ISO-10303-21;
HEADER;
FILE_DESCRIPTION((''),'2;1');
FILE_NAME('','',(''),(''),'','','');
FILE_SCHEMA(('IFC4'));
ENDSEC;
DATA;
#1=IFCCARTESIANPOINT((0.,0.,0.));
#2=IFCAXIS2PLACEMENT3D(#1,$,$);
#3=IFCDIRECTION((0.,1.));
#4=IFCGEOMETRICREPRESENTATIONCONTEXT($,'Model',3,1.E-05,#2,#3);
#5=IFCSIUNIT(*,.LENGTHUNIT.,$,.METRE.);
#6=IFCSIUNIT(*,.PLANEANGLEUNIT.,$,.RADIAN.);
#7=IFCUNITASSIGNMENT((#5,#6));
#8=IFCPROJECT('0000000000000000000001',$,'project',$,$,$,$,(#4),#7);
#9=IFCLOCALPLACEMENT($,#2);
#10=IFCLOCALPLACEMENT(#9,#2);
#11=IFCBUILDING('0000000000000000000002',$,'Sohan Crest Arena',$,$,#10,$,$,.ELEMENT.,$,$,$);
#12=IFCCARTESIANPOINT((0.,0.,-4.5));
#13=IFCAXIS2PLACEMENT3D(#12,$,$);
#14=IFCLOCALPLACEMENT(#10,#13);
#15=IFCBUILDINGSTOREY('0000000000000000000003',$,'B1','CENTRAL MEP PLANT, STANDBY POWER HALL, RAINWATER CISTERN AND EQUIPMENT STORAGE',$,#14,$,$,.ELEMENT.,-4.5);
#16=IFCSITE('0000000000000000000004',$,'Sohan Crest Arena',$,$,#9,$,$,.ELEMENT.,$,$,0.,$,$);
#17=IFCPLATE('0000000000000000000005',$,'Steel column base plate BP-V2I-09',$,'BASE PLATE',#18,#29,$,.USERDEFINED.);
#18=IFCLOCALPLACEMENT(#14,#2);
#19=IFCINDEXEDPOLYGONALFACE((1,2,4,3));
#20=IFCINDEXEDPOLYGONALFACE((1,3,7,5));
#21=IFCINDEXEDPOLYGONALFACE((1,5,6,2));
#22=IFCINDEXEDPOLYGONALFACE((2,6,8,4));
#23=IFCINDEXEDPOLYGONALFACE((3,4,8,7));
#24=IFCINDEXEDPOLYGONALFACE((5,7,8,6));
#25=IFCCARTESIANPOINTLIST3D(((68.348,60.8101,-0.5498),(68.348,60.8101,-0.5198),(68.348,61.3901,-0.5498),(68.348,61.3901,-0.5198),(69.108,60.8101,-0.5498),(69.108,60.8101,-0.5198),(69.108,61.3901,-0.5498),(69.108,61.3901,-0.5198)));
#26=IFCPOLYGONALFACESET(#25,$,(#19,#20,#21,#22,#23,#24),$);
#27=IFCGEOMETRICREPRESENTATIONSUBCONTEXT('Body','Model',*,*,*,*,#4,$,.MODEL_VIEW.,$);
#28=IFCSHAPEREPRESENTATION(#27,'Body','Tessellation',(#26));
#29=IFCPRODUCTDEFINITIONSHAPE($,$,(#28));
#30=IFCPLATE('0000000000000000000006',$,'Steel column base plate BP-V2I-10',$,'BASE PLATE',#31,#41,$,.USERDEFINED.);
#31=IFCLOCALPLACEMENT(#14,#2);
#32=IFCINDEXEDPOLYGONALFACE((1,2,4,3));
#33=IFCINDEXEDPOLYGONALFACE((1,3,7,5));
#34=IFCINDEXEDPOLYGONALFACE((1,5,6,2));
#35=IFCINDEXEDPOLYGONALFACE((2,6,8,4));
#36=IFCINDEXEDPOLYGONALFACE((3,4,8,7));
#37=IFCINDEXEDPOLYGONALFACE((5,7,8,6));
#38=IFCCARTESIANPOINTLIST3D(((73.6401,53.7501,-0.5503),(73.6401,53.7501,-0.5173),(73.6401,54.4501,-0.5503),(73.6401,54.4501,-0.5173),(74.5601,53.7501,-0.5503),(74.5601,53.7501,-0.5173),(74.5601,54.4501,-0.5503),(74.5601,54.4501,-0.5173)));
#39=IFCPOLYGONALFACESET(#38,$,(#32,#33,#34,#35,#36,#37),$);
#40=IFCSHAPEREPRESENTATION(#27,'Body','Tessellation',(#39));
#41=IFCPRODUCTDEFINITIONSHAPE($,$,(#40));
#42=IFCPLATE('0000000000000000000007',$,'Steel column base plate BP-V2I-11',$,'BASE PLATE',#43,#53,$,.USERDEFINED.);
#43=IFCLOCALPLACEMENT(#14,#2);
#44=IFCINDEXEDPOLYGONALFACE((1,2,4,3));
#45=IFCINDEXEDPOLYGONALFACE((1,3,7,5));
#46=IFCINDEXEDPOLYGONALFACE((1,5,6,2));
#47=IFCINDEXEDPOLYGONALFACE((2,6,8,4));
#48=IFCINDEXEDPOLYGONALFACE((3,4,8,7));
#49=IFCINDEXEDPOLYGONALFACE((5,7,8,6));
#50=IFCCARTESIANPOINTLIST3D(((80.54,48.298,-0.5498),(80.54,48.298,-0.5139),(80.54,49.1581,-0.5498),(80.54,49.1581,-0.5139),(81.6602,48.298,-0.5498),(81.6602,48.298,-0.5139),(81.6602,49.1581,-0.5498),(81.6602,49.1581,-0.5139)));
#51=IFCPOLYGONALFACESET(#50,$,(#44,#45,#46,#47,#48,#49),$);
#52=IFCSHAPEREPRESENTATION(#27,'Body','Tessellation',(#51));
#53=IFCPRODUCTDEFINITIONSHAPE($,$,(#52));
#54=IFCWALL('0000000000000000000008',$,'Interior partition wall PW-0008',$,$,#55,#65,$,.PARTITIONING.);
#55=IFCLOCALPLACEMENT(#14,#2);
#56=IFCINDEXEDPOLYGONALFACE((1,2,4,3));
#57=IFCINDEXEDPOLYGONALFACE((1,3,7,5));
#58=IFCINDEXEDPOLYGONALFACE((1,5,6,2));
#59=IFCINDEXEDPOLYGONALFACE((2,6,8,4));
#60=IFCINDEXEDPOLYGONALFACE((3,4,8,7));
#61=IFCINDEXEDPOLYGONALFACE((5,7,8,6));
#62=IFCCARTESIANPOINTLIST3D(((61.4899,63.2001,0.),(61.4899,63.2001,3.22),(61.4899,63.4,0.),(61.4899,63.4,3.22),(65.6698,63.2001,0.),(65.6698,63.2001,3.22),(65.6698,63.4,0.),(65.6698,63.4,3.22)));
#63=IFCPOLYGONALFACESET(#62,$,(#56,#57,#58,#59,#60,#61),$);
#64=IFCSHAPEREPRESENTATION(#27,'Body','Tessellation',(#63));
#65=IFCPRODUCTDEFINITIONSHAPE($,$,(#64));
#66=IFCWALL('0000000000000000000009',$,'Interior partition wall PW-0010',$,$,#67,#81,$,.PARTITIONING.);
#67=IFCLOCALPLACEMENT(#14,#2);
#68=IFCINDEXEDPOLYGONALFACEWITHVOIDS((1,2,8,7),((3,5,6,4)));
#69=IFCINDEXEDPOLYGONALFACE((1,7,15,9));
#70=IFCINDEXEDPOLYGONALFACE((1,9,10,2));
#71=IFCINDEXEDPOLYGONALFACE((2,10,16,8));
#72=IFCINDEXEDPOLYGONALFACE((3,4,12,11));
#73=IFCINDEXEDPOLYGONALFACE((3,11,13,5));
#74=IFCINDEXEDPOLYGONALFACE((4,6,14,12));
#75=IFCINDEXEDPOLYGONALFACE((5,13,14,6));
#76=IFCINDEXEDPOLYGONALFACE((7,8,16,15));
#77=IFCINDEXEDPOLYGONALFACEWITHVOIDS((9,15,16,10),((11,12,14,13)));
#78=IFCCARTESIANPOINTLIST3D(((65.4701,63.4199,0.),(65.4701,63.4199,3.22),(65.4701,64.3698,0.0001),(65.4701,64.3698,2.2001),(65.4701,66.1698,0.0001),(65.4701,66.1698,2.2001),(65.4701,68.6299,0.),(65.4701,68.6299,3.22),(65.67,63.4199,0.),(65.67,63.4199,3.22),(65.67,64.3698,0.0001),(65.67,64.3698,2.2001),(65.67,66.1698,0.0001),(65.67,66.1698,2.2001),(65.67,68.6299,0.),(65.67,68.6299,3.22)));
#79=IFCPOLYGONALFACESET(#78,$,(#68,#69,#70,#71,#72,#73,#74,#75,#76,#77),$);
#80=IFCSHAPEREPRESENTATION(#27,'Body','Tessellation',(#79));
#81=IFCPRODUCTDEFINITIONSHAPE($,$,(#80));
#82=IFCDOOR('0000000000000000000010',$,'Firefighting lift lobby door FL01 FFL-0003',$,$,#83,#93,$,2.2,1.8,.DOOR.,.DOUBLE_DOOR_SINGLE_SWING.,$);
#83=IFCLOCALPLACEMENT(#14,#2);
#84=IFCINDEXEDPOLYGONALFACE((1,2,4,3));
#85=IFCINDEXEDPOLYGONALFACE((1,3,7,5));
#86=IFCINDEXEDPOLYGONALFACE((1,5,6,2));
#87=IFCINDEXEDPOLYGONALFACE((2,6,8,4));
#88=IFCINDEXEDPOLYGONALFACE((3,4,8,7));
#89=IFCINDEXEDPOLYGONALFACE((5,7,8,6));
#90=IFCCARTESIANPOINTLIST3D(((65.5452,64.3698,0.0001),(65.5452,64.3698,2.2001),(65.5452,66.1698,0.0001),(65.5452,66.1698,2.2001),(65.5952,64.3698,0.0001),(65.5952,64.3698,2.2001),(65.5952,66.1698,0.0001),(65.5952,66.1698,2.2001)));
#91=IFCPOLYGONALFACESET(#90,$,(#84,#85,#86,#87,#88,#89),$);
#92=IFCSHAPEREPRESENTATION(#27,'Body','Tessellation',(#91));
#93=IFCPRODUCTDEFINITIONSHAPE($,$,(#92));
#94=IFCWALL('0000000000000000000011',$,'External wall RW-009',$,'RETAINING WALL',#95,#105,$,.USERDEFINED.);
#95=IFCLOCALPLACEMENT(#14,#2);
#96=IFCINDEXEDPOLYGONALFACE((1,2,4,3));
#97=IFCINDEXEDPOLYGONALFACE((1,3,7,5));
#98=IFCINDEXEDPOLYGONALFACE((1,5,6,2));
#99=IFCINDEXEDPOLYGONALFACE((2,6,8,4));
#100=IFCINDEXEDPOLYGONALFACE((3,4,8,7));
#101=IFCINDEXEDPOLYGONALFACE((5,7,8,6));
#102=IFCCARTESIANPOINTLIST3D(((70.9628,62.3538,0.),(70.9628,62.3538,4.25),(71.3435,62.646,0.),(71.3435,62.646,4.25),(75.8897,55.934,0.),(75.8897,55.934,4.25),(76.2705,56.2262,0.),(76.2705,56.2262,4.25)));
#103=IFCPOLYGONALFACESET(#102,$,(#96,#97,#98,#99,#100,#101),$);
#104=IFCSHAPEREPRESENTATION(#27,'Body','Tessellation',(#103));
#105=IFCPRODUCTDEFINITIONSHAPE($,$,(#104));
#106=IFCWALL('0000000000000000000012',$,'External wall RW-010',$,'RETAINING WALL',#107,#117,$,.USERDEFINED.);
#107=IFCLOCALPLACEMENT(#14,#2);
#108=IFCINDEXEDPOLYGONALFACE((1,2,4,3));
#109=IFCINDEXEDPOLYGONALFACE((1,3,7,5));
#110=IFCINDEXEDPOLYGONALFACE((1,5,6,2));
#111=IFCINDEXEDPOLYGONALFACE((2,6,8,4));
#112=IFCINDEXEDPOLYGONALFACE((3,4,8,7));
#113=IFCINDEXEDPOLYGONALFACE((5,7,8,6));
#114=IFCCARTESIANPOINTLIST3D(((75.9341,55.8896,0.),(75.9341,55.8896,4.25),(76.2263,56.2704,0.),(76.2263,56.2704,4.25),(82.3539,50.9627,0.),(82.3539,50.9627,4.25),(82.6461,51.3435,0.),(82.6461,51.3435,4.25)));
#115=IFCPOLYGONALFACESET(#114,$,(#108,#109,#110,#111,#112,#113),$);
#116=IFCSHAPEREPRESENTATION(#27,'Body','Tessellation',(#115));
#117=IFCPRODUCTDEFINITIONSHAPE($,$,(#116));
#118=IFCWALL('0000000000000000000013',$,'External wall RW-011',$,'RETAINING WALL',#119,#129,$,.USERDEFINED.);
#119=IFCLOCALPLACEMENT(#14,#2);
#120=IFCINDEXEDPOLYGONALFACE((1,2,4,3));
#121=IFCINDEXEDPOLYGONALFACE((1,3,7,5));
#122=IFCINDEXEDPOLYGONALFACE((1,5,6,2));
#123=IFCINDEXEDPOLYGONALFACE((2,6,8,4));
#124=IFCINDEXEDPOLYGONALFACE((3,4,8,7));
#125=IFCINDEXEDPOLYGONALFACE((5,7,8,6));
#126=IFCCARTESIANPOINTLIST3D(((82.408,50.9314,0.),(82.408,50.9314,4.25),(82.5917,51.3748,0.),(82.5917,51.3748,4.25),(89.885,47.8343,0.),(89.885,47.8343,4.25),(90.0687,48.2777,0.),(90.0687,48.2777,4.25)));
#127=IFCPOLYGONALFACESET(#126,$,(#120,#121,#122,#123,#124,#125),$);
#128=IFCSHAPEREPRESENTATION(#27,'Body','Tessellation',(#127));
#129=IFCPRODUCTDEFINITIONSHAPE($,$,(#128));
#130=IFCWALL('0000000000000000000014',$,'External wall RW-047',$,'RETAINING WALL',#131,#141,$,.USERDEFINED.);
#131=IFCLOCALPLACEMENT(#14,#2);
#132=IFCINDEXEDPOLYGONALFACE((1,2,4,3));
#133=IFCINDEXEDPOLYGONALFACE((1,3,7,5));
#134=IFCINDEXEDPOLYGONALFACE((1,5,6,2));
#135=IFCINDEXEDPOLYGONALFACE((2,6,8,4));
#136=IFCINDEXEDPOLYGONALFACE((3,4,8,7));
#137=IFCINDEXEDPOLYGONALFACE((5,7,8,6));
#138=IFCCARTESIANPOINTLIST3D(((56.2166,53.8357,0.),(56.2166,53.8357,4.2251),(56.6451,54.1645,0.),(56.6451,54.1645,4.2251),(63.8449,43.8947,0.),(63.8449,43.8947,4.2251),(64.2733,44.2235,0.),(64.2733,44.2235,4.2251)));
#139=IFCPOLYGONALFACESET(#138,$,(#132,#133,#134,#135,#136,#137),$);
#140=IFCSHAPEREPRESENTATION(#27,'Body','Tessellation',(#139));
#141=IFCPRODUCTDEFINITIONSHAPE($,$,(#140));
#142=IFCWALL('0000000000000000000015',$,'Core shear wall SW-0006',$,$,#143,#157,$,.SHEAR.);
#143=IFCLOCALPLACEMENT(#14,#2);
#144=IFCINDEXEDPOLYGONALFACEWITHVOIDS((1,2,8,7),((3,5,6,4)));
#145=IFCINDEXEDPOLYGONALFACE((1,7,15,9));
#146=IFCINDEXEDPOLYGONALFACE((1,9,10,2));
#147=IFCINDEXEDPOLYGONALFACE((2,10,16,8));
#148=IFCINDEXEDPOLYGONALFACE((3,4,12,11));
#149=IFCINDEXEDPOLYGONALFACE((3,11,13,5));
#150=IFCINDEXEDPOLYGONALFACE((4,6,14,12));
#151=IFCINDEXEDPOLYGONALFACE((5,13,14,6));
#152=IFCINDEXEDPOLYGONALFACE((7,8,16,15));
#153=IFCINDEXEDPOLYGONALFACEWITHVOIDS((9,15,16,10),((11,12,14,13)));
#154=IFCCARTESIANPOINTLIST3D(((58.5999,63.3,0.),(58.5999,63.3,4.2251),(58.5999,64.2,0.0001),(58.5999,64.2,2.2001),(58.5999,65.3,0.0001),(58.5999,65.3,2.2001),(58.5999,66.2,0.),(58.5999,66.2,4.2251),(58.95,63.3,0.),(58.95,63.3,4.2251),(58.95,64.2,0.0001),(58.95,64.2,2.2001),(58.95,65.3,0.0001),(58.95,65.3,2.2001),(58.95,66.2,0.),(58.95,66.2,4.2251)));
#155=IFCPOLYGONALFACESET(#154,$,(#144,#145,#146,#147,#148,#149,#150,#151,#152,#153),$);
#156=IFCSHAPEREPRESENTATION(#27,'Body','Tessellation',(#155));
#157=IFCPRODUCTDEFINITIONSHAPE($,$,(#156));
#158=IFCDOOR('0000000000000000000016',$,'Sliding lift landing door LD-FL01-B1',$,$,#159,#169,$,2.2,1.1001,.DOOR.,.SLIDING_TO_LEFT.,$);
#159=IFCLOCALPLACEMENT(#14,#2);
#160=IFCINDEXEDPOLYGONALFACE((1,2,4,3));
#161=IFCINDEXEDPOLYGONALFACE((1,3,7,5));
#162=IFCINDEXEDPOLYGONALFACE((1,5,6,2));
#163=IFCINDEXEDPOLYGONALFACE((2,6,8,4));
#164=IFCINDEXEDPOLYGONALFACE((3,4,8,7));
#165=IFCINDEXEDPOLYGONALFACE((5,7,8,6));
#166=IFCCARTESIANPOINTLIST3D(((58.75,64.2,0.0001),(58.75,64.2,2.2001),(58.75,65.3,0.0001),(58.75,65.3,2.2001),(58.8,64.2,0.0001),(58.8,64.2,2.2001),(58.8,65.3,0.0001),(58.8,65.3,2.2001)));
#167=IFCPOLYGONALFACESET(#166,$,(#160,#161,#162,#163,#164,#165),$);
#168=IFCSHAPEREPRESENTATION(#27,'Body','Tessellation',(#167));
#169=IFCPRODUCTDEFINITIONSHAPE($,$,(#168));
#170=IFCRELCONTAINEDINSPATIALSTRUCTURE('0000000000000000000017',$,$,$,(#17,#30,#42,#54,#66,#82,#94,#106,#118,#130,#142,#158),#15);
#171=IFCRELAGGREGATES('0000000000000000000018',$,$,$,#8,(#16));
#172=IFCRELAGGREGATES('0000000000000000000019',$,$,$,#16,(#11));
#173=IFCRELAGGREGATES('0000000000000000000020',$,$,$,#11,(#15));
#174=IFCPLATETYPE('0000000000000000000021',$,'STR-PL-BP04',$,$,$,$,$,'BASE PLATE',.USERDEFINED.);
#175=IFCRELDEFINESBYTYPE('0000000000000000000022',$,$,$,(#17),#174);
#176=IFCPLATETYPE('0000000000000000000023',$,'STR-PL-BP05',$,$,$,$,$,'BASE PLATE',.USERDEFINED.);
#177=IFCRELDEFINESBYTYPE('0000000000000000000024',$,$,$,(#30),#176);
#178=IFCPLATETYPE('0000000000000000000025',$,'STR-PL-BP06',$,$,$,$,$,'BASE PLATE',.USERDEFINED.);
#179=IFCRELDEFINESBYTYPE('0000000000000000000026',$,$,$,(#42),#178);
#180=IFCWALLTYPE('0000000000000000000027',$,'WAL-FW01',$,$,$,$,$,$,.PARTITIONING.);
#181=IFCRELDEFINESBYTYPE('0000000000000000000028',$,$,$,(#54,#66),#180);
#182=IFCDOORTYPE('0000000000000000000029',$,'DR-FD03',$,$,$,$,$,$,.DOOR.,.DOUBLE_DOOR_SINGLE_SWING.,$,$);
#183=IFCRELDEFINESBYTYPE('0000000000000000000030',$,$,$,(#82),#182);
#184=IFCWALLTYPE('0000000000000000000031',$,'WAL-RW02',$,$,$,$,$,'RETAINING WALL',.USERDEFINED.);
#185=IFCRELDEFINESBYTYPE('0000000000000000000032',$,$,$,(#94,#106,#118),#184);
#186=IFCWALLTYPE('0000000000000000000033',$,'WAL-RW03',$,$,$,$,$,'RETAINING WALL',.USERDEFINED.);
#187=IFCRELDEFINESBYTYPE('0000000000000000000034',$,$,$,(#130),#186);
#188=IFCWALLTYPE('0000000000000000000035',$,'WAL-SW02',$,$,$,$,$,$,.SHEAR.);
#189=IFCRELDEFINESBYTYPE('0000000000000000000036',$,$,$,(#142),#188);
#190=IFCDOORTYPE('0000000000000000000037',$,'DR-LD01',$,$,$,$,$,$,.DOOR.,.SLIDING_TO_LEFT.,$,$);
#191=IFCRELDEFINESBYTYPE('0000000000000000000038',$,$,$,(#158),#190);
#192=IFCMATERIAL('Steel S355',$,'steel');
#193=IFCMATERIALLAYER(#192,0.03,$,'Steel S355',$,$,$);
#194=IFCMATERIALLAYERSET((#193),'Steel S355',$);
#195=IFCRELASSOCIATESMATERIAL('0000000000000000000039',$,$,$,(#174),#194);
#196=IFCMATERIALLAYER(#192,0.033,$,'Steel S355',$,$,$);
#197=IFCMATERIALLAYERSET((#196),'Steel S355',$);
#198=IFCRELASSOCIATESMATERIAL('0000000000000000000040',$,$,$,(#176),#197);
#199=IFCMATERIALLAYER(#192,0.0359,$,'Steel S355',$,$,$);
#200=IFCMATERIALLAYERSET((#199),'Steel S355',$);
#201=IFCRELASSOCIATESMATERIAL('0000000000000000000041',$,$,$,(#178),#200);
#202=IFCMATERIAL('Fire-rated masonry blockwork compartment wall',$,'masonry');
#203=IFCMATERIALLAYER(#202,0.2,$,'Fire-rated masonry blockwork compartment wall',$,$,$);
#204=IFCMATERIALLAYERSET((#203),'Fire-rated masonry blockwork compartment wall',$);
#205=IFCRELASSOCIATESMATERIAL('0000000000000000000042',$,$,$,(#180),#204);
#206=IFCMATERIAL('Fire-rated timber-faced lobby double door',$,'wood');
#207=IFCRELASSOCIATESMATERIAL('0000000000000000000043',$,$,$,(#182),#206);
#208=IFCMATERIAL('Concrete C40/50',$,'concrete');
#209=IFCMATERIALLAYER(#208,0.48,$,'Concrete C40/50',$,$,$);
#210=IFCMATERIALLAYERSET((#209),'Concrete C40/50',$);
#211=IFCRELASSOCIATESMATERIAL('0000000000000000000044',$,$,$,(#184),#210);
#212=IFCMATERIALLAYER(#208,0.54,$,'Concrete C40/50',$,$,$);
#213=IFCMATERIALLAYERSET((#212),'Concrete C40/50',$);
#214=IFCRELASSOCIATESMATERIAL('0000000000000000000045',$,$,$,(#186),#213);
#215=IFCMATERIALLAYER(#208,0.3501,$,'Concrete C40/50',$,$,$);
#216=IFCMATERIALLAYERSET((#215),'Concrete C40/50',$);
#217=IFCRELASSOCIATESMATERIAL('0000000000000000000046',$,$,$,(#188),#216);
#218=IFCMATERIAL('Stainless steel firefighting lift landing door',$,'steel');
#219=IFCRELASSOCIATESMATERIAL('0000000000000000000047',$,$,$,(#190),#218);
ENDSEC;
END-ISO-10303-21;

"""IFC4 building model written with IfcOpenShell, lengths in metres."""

from ifc_helpers import new_model, si_unit, direction, frame, frame_2d, origin, origin_2d, place, context, subcontext, project, spatial, rectangle, extrude, material, layer, layer_set, type_object, element, fill, save


model = new_model("IFC4")

# Units and contexts
model_context = context("Model", 3, precision=1e-05, world=origin(), true_north=direction((0.0, 1.0)))
body_context = subcontext(model_context, "Body", "Model", "MODEL_VIEW")
ifc_project = project(units=[si_unit("LENGTHUNIT", "METRE"), si_unit("PLANEANGLEUNIT", "RADIAN")], contexts=[model_context])

# Site, building, storey
site_placement = place(None, origin())
site = spatial("IfcSite", under=ifc_project, at=site_placement, Name="Sohan Crest Arena", CompositionType="ELEMENT", RefElevation=0.0)
building_placement = place(site_placement, origin())
building = spatial("IfcBuilding", under=site, at=building_placement, Name="Sohan Crest Arena", CompositionType="ELEMENT")
storey_placement = place(building_placement, frame((0.0, 0.0, -4.5)))
storey = spatial("IfcBuildingStorey", under=building, at=storey_placement, Name="B1", Description="CENTRAL MEP PLANT, STANDBY POWER HALL, RAINWATER CISTERN AND EQUIPMENT STORAGE", CompositionType="ELEMENT", Elevation=-4.5)

# Shared definitions
ifc_material_1 = material(Name="Concrete C40/50", Category="concrete")

# Shared definitions
ifc_material_2 = material(Name="Steel S355", Category="steel")

# Plates
ifc_layer_1 = layer(ifc_material_2, 0.03, Name="Steel S355")
ifc_layer_set_1 = layer_set([ifc_layer_1], Name="Steel S355")
plate_type_1 = type_object("IfcPlateType", Name="STR-PL-BP04", ElementType="BASE PLATE", PredefinedType="USERDEFINED", material=ifc_layer_set_1)
plate_1_placement = place(storey_placement, frame((68.728, 61.1001, -0.5498), z_axis=(0.0, 0.0, 1.0), x_axis=(1.0, 0.0, 0.0)))
element("IfcPlate", 1, at=plate_1_placement, inside=storey, type_object=plate_type_1, Name="Steel column base plate BP-V2I-09", ObjectType="BASE PLATE", PredefinedType="USERDEFINED", context=body_context, shape_type="SweptSolid", body=[
    extrude(rectangle(XDim=0.76, YDim=0.5801, at=origin_2d()), origin(), (0.0, 0.0, 1.0), 0.03),
])
ifc_layer_2 = layer(ifc_material_2, 0.033, Name="Steel S355")
ifc_layer_set_2 = layer_set([ifc_layer_2], Name="Steel S355")
plate_type_2 = type_object("IfcPlateType", Name="STR-PL-BP05", ElementType="BASE PLATE", PredefinedType="USERDEFINED", material=ifc_layer_set_2)
plate_2_placement = place(storey_placement, frame((74.1001, 54.1001, -0.5503), z_axis=(0.0, 0.0, 1.0), x_axis=(1.0, 0.0, 0.0)))
element("IfcPlate", 2, at=plate_2_placement, inside=storey, type_object=plate_type_2, Name="Steel column base plate BP-V2I-10", ObjectType="BASE PLATE", PredefinedType="USERDEFINED", context=body_context, shape_type="SweptSolid", body=[
    extrude(rectangle(XDim=0.9199, YDim=0.7, at=origin_2d()), origin(), (0.0, 0.0, 1.0), 0.033),
])
ifc_layer_3 = layer(ifc_material_2, 0.0359, Name="Steel S355")
ifc_layer_set_3 = layer_set([ifc_layer_3], Name="Steel S355")
plate_type_3 = type_object("IfcPlateType", Name="STR-PL-BP06", ElementType="BASE PLATE", PredefinedType="USERDEFINED", material=ifc_layer_set_3)
plate_3_placement = place(storey_placement, frame((81.1001, 48.728, -0.5498), z_axis=(0.0, 0.0, 1.0), x_axis=(1.0, 0.0, 0.0)))
element("IfcPlate", 3, at=plate_3_placement, inside=storey, type_object=plate_type_3, Name="Steel column base plate BP-V2I-11", ObjectType="BASE PLATE", PredefinedType="USERDEFINED", context=body_context, shape_type="SweptSolid", body=[
    extrude(rectangle(XDim=1.1201, YDim=0.8601, at=origin_2d()), origin(), (0.0, 0.0, 1.0), 0.0359),
])

# Wall
ifc_material_3 = material(Name="Fire-rated masonry blockwork compartment wall", Category="masonry")
ifc_layer_4 = layer(ifc_material_3, 0.2, Name="Fire-rated masonry blockwork compartment wall")
ifc_layer_set_4 = layer_set([ifc_layer_4], Name="Fire-rated masonry blockwork compartment wall")
wall_type_1 = type_object("IfcWallType", Name="WAL-FW01", PredefinedType="PARTITIONING", material=ifc_layer_set_4)
wall_1_placement = place(storey_placement, frame((61.49, 63.3, 0.0), z_axis=(0.0, 0.0, 1.0), x_axis=(1.0, 0.0, 0.0)))
element("IfcWall", 4, at=wall_1_placement, inside=storey, type_object=wall_type_1, Name="Interior partition wall PW-0008", PredefinedType="PARTITIONING", context=body_context, shape_type="SweptSolid", body=[
    extrude(rectangle(XDim=4.1799, YDim=0.2, at=frame_2d((2.0898, 0.0))), origin(), (0.0, 0.0, 1.0), 3.22),
])

# Wall, opening, door
wall_2_placement = place(storey_placement, frame((65.5701, 63.4199, 0.0), z_axis=(0.0, 0.0, 1.0), x_axis=(0.0, 1.0, 0.0)))
wall_2 = element("IfcWall", 5, at=wall_2_placement, inside=storey, type_object=wall_type_1, Name="Interior partition wall PW-0010", PredefinedType="PARTITIONING", context=body_context, shape_type="SweptSolid", body=[
    extrude(rectangle(XDim=5.21, YDim=0.2, at=frame_2d((2.605, 0.0))), origin(), (0.0, 0.0, 1.0), 3.22),
])
opening_1_placement = place(wall_2_placement, frame((0.95, 0.0, 0.0)))
opening_1 = element("IfcOpeningElement", 6, at=opening_1_placement, cuts=wall_2, PredefinedType="OPENING", context=body_context, shape_type="SweptSolid", body=[
    extrude(rectangle(XDim=1.8, YDim=2.2, at=frame_2d((0.8999, 1.1001))), frame((0.0, 0.1099, 0.0), z_axis=(0.0, -1.0, 0.0), x_axis=(1.0, 0.0, 0.0)), (0.0, 0.0, 1.0), 0.22),
])
ifc_material_4 = material(Name="Fire-rated timber-faced lobby double door", Category="wood")
door_type_1 = type_object("IfcDoorType", Name="DR-FD03", OperationType="DOUBLE_DOOR_SINGLE_SWING", PredefinedType="DOOR", material=ifc_material_4)
door_1_placement = place(opening_1_placement, origin())
door_1 = element("IfcDoor", 7, at=door_1_placement, inside=storey, type_object=door_type_1, Name="Firefighting lift lobby door FL01 FFL-0003", OperationType="DOUBLE_DOOR_SINGLE_SWING", OverallHeight=2.2, OverallWidth=1.8, PredefinedType="DOOR", context=body_context, shape_type="SweptSolid", body=[
    extrude(rectangle(XDim=1.8, YDim=2.2, at=frame_2d((0.8999, 1.1001))), frame((0.0, 0.0249, 0.0), z_axis=(0.0, -1.0, 0.0), x_axis=(1.0, 0.0, 0.0)), (0.0, 0.0, 1.0), 0.05),
])
fill(opening_1, door_1)

# Walls
ifc_layer_5 = layer(ifc_material_1, 0.48, Name="Concrete C40/50")
ifc_layer_set_5 = layer_set([ifc_layer_5], Name="Concrete C40/50")
wall_type_2 = type_object("IfcWallType", Name="WAL-RW02", ElementType="RETAINING WALL", PredefinedType="USERDEFINED", material=ifc_layer_set_5)
for number, where, z_axis, x_axis, name in (
    (8, (71.1531, 62.5, 0.0), (0.0, 0.0, 1.0), (0.608825, -0.793304, 0.0), "External wall RW-009"),
    (9, (76.0801, 56.0801, 0.0), (0.0, 0.0, 1.0), (0.793304, -0.608825, 0.0), "External wall RW-010"),
):
    element("IfcWall", number, at=place(storey_placement, frame(where, z_axis=z_axis, x_axis=x_axis)), inside=storey, type_object=wall_type_2, Name=name, ObjectType="RETAINING WALL", PredefinedType="USERDEFINED", context=body_context, shape_type="SweptSolid", body=[
        extrude(rectangle(XDim=8.0925, YDim=0.48, at=frame_2d((4.0464, 0.0))), origin(), (0.0, 0.0, 1.0), 4.25),
    ])
wall_3_placement = place(storey_placement, frame((82.5, 51.1531, 0.0), z_axis=(0.0, 0.0, 1.0), x_axis=(0.923876, -0.382691, 0.0)))
element("IfcWall", 10, at=wall_3_placement, inside=storey, type_object=wall_type_2, Name="External wall RW-011", ObjectType="RETAINING WALL", PredefinedType="USERDEFINED", context=body_context, shape_type="SweptSolid", body=[
    extrude(rectangle(XDim=8.093, YDim=0.48, at=frame_2d((4.0464, 0.0))), origin(), (0.0, 0.0, 1.0), 4.25),
])
ifc_layer_6 = layer(ifc_material_1, 0.54, Name="Concrete C40/50")
ifc_layer_set_6 = layer_set([ifc_layer_6], Name="Concrete C40/50")
wall_type_3 = type_object("IfcWallType", Name="WAL-RW03", ElementType="RETAINING WALL", PredefinedType="USERDEFINED", material=ifc_layer_set_6)
wall_4_placement = place(storey_placement, frame((56.4309, 54.0, 0.0), z_axis=(0.0, 0.0, 1.0), x_axis=(0.608773, -0.793344, 0.0)))
element("IfcWall", 11, at=wall_4_placement, inside=storey, type_object=wall_type_3, Name="External wall RW-047", ObjectType="RETAINING WALL", PredefinedType="USERDEFINED", context=body_context, shape_type="SweptSolid", body=[
    extrude(rectangle(XDim=12.5305, YDim=0.54, at=frame_2d((6.2651, 0.0))), origin(), (0.0, 0.0, 1.0), 4.2251),
])

# Wall, opening, door
ifc_layer_7 = layer(ifc_material_1, 0.3501, Name="Concrete C40/50")
ifc_layer_set_7 = layer_set([ifc_layer_7], Name="Concrete C40/50")
wall_type_4 = type_object("IfcWallType", Name="WAL-SW02", PredefinedType="SHEAR", material=ifc_layer_set_7)
wall_5_placement = place(storey_placement, frame((58.7749, 63.3, 0.0), z_axis=(0.0, 0.0, 1.0), x_axis=(0.0, 1.0, 0.0)))
wall_5 = element("IfcWall", 12, at=wall_5_placement, inside=storey, type_object=wall_type_4, Name="Core shear wall SW-0006", PredefinedType="SHEAR", context=body_context, shape_type="SweptSolid", body=[
    extrude(rectangle(XDim=2.8999, YDim=0.3501, at=frame_2d((1.45, 0.0))), origin(), (0.0, 0.0, 1.0), 4.2251),
])
opening_2_placement = place(wall_5_placement, frame((0.8999, 0.0, 0.0)))
opening_2 = element("IfcOpeningElement", 13, at=opening_2_placement, cuts=wall_5, PredefinedType="OPENING", context=body_context, shape_type="SweptSolid", body=[
    extrude(rectangle(XDim=1.1001, YDim=2.2, at=frame_2d((0.55, 1.1001))), frame((0.0, 0.1851, 0.0), z_axis=(0.0, -1.0, 0.0), x_axis=(1.0, 0.0, 0.0)), (0.0, 0.0, 1.0), 0.3701),
])
ifc_material_5 = material(Name="Stainless steel firefighting lift landing door", Category="steel")
door_type_2 = type_object("IfcDoorType", Name="DR-LD01", OperationType="SLIDING_TO_LEFT", PredefinedType="DOOR", material=ifc_material_5)
door_2_placement = place(opening_2_placement, origin())
door_2 = element("IfcDoor", 14, at=door_2_placement, inside=storey, type_object=door_type_2, Name="Sliding lift landing door LD-FL01-B1", OperationType="SLIDING_TO_LEFT", OverallHeight=2.2, OverallWidth=1.1001, PredefinedType="DOOR", context=body_context, shape_type="SweptSolid", body=[
    extrude(rectangle(XDim=1.1001, YDim=2.2, at=frame_2d((0.55, 1.1001))), frame((0.0, 0.0249, 0.0), z_axis=(0.0, -1.0, 0.0), x_axis=(1.0, 0.0, 0.0)), (0.0, 0.0, 1.0), 0.05),
])
fill(opening_2, door_2)

save(model, "model.ifc")
